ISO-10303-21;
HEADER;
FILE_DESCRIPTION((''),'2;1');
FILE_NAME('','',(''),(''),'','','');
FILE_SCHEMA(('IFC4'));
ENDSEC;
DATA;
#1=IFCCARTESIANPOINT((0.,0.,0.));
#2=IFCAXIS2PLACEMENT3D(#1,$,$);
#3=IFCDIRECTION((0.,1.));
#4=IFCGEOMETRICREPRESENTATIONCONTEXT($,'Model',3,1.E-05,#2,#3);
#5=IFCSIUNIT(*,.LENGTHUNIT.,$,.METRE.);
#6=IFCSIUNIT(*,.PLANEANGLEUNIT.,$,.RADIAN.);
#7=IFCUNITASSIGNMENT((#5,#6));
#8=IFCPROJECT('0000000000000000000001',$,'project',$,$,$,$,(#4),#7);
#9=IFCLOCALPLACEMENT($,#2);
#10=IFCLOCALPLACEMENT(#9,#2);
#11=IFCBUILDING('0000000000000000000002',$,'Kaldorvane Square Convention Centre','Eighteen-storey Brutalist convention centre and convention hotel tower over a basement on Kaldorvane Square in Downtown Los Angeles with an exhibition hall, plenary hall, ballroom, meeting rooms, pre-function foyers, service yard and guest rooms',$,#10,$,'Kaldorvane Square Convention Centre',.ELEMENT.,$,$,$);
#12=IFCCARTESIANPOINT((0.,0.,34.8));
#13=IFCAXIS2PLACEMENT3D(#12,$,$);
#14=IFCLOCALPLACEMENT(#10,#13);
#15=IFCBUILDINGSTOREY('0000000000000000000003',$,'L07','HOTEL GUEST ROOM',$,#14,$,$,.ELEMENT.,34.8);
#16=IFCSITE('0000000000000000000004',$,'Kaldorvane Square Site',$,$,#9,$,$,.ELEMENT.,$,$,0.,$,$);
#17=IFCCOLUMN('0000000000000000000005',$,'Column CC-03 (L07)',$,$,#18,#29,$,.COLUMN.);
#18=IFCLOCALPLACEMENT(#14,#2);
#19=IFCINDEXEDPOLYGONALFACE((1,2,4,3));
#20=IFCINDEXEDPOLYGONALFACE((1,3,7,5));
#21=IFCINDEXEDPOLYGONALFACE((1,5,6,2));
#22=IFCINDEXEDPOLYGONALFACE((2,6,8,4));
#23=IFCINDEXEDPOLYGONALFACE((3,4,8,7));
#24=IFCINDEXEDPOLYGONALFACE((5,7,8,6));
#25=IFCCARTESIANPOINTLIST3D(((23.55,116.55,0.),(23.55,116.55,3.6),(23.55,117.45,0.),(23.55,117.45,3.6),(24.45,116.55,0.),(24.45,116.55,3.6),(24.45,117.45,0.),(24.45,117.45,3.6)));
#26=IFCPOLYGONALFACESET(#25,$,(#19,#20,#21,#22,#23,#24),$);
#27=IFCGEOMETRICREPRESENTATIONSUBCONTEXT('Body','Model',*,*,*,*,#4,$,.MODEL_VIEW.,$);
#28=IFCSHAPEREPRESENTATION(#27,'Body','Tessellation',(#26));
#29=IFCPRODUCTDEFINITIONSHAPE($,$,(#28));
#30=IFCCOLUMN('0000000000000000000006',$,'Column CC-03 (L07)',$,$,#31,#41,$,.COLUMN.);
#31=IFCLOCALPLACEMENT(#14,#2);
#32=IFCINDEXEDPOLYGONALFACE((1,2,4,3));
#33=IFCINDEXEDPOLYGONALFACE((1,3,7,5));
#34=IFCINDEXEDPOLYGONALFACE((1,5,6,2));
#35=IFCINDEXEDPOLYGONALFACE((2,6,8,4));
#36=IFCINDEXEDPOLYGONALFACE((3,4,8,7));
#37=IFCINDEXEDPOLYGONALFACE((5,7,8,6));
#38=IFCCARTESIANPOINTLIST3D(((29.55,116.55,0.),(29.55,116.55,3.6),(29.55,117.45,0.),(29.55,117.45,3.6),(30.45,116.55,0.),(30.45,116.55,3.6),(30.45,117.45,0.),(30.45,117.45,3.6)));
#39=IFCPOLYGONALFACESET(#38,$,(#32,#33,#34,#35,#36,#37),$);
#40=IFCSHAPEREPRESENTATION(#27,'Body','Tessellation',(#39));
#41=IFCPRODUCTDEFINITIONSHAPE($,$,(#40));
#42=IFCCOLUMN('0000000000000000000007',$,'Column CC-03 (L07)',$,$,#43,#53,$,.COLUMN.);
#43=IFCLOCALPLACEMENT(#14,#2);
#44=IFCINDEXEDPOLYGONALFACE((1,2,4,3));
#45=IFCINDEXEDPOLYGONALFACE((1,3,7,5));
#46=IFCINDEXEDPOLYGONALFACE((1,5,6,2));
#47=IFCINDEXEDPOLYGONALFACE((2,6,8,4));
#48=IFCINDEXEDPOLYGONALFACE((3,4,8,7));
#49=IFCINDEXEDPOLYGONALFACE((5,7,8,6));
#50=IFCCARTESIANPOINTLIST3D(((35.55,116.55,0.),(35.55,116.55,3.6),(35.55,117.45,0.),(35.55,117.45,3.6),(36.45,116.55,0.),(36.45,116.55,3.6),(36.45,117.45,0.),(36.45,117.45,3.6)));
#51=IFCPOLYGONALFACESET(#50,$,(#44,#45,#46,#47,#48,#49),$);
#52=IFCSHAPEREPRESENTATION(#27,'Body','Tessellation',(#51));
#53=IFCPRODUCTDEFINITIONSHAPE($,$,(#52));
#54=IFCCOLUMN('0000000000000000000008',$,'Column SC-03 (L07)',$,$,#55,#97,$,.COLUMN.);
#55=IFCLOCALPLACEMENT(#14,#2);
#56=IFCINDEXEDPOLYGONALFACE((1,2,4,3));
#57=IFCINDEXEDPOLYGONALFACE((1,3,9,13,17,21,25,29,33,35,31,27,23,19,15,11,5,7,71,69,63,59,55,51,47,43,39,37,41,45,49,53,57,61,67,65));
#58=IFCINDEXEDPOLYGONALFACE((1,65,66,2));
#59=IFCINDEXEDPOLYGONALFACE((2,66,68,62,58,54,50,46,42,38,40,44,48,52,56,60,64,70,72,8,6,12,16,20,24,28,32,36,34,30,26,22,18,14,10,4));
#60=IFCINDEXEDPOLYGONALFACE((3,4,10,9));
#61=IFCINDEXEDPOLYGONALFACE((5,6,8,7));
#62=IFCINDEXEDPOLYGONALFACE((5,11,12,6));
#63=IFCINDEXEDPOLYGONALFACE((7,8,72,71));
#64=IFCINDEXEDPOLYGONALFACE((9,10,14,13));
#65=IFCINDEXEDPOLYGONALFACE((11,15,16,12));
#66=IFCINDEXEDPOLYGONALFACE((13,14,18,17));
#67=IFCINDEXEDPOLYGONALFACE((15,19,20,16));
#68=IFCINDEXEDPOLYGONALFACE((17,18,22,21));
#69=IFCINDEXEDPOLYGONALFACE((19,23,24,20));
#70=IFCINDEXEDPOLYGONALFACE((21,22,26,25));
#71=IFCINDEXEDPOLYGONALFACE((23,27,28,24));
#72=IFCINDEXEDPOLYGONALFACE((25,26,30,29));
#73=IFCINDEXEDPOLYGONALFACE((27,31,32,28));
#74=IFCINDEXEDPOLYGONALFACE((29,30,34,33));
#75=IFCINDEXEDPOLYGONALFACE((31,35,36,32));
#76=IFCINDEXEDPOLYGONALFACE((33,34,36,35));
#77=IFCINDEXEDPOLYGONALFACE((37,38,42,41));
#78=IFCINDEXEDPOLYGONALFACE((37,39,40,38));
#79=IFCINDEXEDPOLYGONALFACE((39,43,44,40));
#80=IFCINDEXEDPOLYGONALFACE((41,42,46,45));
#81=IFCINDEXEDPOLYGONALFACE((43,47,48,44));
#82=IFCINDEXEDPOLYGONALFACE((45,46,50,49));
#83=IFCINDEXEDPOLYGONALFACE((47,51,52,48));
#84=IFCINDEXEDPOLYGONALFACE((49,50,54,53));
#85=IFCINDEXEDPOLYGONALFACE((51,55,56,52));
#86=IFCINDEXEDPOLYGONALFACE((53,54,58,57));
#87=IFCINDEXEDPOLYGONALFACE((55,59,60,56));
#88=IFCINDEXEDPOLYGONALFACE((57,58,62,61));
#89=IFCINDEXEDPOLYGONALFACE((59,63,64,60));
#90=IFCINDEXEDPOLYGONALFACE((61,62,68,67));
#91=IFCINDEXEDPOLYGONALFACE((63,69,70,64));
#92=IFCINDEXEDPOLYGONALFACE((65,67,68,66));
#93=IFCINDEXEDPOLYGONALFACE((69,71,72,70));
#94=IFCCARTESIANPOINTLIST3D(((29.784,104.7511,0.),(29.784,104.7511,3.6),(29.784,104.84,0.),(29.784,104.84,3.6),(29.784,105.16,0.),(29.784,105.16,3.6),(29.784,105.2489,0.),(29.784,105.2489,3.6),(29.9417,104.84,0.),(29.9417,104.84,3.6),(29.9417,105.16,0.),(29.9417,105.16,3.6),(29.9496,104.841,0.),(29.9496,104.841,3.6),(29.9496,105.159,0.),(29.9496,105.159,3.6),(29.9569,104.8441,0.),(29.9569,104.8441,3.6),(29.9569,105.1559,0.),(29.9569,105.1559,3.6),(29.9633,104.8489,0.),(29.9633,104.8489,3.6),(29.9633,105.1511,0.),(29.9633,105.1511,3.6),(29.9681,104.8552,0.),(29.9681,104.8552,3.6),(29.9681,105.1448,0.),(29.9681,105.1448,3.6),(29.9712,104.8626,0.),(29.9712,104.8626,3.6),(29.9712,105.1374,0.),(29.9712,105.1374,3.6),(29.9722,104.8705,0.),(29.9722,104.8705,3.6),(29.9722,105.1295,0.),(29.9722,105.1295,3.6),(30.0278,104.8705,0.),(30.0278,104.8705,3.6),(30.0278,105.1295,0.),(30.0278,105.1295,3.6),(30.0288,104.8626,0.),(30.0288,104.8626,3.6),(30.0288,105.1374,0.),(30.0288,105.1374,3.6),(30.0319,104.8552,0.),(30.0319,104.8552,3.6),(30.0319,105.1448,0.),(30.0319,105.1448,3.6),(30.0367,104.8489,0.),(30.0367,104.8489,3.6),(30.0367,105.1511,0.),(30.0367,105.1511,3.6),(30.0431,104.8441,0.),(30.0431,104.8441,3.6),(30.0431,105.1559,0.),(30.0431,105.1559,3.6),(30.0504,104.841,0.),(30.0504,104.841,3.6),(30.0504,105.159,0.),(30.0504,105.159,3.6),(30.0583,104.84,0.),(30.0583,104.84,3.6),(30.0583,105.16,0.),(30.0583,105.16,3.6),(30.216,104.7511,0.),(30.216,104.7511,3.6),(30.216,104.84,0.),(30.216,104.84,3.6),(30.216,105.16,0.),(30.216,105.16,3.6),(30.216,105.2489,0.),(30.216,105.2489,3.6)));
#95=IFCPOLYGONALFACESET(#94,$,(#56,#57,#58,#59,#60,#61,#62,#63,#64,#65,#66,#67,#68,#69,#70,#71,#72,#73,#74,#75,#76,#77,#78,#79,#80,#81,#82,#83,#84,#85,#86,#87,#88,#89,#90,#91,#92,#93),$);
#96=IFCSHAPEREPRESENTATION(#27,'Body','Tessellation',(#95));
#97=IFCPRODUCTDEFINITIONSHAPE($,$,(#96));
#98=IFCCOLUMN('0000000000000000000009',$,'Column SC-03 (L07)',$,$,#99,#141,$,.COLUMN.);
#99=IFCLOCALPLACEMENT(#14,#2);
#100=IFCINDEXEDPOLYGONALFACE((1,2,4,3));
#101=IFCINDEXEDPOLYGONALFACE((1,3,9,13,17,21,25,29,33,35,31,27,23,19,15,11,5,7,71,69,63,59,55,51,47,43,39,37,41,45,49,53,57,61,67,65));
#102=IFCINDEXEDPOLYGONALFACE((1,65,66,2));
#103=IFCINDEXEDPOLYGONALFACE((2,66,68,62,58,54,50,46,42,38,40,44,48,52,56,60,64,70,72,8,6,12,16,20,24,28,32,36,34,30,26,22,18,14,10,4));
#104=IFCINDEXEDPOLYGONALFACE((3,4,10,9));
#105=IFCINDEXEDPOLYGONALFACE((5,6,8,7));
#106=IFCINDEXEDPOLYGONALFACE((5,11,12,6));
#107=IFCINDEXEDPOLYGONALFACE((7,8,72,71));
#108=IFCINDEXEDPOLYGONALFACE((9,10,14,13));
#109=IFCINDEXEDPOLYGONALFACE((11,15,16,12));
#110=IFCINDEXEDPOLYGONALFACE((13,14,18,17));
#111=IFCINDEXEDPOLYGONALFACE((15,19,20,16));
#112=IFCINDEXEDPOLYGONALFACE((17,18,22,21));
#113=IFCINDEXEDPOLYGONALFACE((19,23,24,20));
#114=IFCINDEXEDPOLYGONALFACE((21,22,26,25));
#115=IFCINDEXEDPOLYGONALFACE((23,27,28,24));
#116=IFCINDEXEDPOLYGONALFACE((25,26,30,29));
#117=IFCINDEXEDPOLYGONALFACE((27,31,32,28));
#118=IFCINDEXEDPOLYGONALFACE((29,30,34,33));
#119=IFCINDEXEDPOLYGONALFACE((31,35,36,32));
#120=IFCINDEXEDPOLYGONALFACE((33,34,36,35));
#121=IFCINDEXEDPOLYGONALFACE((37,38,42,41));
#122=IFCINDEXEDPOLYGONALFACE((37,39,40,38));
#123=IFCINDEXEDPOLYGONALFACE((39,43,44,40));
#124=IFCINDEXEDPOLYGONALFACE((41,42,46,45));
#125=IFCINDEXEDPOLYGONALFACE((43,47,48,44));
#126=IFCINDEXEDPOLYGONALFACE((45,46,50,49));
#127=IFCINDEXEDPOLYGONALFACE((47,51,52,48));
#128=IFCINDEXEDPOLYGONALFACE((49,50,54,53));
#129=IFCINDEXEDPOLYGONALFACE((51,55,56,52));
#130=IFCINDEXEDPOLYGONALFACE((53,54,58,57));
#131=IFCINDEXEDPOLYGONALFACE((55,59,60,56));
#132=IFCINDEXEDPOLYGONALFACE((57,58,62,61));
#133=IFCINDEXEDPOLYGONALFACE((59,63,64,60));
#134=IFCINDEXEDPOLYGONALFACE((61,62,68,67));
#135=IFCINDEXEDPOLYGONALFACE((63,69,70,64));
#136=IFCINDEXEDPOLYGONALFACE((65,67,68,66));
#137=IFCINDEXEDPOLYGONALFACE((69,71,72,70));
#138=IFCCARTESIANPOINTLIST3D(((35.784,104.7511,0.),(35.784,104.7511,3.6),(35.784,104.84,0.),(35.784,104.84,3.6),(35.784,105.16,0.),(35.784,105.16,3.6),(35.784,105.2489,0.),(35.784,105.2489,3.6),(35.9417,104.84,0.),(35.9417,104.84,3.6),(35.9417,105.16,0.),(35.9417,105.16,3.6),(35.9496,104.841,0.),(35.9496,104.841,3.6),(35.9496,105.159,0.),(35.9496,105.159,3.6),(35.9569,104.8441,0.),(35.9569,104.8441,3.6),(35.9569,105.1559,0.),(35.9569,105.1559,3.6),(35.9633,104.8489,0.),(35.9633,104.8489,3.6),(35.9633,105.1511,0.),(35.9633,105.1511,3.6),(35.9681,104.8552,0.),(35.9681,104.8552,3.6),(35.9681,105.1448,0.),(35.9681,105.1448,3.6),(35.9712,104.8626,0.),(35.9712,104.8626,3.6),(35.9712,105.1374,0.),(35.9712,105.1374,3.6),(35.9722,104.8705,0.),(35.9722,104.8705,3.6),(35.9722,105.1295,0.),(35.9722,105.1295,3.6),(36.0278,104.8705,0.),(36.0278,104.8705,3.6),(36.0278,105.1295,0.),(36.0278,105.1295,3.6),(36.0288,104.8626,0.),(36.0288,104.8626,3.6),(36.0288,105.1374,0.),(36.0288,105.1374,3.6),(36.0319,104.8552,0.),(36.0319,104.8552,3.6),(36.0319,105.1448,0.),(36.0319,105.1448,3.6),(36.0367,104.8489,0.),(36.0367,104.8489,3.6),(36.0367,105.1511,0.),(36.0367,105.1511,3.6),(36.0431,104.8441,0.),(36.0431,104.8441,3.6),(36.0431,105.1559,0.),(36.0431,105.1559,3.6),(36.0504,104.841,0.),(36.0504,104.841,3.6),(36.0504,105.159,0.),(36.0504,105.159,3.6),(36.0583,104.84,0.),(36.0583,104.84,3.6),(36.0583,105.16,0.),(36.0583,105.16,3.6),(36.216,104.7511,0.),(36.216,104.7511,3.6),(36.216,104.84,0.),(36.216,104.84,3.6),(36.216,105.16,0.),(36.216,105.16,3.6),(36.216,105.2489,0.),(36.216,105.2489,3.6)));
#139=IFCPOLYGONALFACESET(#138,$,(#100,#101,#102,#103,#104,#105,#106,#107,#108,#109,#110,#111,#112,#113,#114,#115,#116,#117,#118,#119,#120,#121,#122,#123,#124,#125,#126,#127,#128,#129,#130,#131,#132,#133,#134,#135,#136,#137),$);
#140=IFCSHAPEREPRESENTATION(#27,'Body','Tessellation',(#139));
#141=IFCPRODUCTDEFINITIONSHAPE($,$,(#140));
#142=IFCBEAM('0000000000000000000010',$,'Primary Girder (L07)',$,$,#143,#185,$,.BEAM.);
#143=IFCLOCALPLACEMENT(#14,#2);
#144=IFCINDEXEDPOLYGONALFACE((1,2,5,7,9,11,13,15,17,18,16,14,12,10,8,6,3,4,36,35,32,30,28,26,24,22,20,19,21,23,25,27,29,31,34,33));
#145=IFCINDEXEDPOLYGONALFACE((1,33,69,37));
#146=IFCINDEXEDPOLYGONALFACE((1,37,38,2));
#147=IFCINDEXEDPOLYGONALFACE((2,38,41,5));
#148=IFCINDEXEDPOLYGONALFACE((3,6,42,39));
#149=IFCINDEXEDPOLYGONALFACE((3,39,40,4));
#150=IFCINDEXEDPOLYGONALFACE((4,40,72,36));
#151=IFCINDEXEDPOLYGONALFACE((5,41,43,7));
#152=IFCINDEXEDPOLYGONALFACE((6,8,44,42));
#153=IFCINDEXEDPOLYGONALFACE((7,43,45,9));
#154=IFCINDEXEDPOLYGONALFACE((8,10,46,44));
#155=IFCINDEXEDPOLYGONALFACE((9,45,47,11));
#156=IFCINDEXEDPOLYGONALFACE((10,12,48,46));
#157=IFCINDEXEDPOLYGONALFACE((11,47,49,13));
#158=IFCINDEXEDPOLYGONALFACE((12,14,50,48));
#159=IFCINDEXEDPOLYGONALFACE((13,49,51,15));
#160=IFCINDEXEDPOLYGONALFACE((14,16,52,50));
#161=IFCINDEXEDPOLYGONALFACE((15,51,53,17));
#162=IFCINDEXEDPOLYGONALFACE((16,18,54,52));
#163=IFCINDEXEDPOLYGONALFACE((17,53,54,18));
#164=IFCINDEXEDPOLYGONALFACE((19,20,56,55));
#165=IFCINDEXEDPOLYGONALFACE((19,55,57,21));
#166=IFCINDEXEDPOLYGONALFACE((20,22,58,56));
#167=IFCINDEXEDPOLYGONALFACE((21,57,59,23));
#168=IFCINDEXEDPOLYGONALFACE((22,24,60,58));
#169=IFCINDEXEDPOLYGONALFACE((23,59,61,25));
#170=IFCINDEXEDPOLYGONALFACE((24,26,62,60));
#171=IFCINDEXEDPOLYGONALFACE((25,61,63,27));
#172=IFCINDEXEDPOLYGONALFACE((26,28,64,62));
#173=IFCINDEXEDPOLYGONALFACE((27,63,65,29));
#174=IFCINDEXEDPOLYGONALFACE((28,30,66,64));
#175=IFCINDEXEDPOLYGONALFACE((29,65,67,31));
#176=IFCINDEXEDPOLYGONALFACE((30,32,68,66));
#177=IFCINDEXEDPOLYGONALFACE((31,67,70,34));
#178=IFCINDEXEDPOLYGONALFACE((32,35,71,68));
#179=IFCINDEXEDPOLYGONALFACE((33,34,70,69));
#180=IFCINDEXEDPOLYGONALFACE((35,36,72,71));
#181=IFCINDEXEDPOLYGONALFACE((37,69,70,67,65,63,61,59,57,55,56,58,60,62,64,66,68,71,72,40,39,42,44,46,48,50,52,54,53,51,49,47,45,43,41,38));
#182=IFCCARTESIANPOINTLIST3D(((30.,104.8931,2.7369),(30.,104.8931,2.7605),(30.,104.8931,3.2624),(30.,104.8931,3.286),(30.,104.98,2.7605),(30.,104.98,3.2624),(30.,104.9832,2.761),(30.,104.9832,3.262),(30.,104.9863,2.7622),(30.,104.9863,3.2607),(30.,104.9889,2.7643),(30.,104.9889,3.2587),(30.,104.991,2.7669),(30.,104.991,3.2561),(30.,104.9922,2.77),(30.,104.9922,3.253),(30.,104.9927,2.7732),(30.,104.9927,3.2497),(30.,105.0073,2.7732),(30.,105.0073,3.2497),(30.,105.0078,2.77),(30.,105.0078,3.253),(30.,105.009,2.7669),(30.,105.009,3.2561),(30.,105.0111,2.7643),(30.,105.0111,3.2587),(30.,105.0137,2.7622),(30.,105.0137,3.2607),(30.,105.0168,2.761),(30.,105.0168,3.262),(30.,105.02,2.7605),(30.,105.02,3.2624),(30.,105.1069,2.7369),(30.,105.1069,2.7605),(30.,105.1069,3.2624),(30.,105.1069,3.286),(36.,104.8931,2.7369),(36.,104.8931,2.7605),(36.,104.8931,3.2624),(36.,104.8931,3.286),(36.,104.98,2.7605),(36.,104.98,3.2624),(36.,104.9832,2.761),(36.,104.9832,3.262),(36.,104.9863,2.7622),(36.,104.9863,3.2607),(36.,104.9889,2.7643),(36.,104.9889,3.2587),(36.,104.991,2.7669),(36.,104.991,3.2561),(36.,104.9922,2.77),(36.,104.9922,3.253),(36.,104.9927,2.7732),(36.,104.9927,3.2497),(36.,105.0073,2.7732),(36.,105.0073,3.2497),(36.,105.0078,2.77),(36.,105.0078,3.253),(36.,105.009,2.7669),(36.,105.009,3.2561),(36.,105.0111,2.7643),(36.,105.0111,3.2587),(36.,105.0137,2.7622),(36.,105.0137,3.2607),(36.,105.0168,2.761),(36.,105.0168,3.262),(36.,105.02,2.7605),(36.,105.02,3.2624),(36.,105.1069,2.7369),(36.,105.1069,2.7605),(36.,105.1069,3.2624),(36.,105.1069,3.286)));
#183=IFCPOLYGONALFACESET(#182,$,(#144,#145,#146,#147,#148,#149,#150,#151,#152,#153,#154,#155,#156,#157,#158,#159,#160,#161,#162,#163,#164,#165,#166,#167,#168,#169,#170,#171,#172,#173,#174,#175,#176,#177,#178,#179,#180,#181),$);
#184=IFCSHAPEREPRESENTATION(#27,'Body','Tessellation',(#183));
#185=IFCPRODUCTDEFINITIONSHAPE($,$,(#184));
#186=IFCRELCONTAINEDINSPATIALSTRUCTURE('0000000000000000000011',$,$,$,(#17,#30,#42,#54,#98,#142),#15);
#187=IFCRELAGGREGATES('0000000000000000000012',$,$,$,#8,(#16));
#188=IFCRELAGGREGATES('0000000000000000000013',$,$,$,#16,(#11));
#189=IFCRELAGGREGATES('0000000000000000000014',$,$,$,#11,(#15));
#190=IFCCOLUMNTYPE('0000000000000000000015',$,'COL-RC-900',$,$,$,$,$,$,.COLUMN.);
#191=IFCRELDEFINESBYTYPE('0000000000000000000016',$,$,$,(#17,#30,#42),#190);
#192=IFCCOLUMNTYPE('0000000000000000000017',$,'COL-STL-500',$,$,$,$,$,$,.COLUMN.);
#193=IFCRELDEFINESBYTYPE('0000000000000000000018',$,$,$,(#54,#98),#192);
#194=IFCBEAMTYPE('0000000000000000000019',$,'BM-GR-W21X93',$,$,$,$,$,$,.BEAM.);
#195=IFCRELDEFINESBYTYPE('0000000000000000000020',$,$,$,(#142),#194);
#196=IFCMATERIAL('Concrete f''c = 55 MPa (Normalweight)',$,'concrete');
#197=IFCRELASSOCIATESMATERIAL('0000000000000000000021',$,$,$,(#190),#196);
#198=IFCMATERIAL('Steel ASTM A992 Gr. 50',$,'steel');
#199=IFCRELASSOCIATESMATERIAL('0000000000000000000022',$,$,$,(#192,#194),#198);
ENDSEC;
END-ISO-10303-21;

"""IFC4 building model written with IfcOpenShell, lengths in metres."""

from ifc_helpers import new_model, si_unit, direction, frame, origin, origin_2d, place, context, subcontext, project, spatial, rectangle, i_section, extrude, material, material_profile, profile_set, type_object, element, save


model = new_model("IFC4")

# Units and contexts
model_context = context("Model", 3, precision=1e-05, world=origin(), true_north=direction((0.0, 1.0)))
body_context = subcontext(model_context, "Body", "Model", "MODEL_VIEW")
ifc_project = project(units=[si_unit("LENGTHUNIT", "METRE"), si_unit("PLANEANGLEUNIT", "RADIAN")], contexts=[model_context])

# Site, building, storey
site_placement = place(None, origin())
site = spatial("IfcSite", under=ifc_project, at=site_placement, Name="Kaldorvane Square Site", CompositionType="ELEMENT", RefElevation=0.0)
building_placement = place(site_placement, origin())
building = spatial("IfcBuilding", under=site, at=building_placement, Name="Kaldorvane Square Convention Centre", Description="Eighteen-storey Brutalist convention centre and convention hotel tower over a basement on Kaldorvane Square in Downtown Los Angeles with an exhibition hall, plenary hall, ballroom, meeting rooms, pre-function foyers, service yard and guest rooms", LongName="Kaldorvane Square Convention Centre", CompositionType="ELEMENT")
storey_placement = place(building_placement, frame((0.0, 0.0, 34.8)))
storey = spatial("IfcBuildingStorey", under=building, at=storey_placement, Name="L07", Description="HOTEL GUEST ROOM", CompositionType="ELEMENT", Elevation=34.8)

# Columns
ifc_material_1 = material(Name="Concrete f'c = 55 MPa (Normalweight)", Category="concrete")
ifc_material_profile_1 = material_profile(ifc_material_1, rectangle(XDim=0.9, YDim=0.9, at=origin_2d()), Name="RC900X900")
ifc_profile_set_1 = profile_set([ifc_material_profile_1], Name="Concrete f'c = 55 MPa (Normalweight)")
column_type_1 = type_object("IfcColumnType", Name="COL-RC-900", PredefinedType="COLUMN", material=ifc_profile_set_1)
for number, where, z_axis, x_axis, name in (
    (1, (24.0, 117.0, 0.0), (0.0, 0.0, 1.0), (1.0, 0.0, 0.0), "Column CC-03 (L07)"),
    (2, (30.0, 117.0, 0.0), (0.0, 0.0, 1.0), (1.0, 0.0, 0.0), "Column CC-03 (L07)"),
    (3, (36.0, 117.0, 0.0), (0.0, 0.0, 1.0), (1.0, 0.0, 0.0), "Column CC-03 (L07)"),
):
    element("IfcColumn", number, at=place(storey_placement, frame(where, z_axis=z_axis, x_axis=x_axis)), inside=storey, type_object=column_type_1, Name=name, PredefinedType="COLUMN", context=body_context, shape_type="SweptSolid", body=[
        extrude(rectangle(XDim=0.9, YDim=0.9, at=origin_2d()), origin(), (0.0, 0.0, 1.0), 3.6),
    ])
ifc_material_2 = material(Name="Steel ASTM A992 Gr. 50", Category="steel")
ifc_material_profile_2 = material_profile(ifc_material_2, i_section(OverallWidth=0.4321, OverallDepth=0.4978, WebThickness=0.0556, FlangeThickness=0.0889, FilletRadius=0.0305, at=origin_2d()), Name="W14X500")
ifc_profile_set_2 = profile_set([ifc_material_profile_2], Name="Steel ASTM A992 Gr. 50")
column_type_2 = type_object("IfcColumnType", Name="COL-STL-500", PredefinedType="COLUMN", material=ifc_profile_set_2)
for number, where, z_axis, x_axis, name in (
    (4, (30.0, 105.0, 0.0), (0.0, 0.0, 1.0), (1.0, 0.0, 0.0), "Column SC-03 (L07)"),
    (5, (36.0, 105.0, 0.0), (0.0, 0.0, 1.0), (1.0, 0.0, 0.0), "Column SC-03 (L07)"),
):
    element("IfcColumn", number, at=place(storey_placement, frame(where, z_axis=z_axis, x_axis=x_axis)), inside=storey, type_object=column_type_2, Name=name, PredefinedType="COLUMN", context=body_context, shape_type="SweptSolid", body=[
        extrude(i_section(OverallWidth=0.4321, OverallDepth=0.4978, WebThickness=0.0556, FlangeThickness=0.0889, FilletRadius=0.0305, at=origin_2d()), origin(), (0.0, 0.0, 1.0), 3.6),
    ])

# Beam
ifc_material_profile_3 = material_profile(ifc_material_2, i_section(OverallWidth=0.2139, OverallDepth=0.5491, WebThickness=0.0147, FlangeThickness=0.0236, FilletRadius=0.0127, at=origin_2d()), Name="W21X93")
ifc_profile_set_3 = profile_set([ifc_material_profile_3], Name="Steel ASTM A992 Gr. 50")
beam_type_1 = type_object("IfcBeamType", Name="BM-GR-W21X93", PredefinedType="BEAM", material=ifc_profile_set_3)
for number, where, z_axis, x_axis, name in (
    (6, (30.0, 105.0, 3.0115), (1.0, 0.0, 0.0), (0.0, 1.0, 0.0), "Primary Girder (L07)"),
):
    element("IfcBeam", number, at=place(storey_placement, frame(where, z_axis=z_axis, x_axis=x_axis)), inside=storey, type_object=beam_type_1, Name=name, PredefinedType="BEAM", context=body_context, shape_type="SweptSolid", body=[
        extrude(i_section(OverallWidth=0.2139, OverallDepth=0.5491, WebThickness=0.0147, FlangeThickness=0.0236, FilletRadius=0.0127, at=origin_2d()), origin(), (0.0, 0.0, 1.0), 6.0),
    ])

save(model, "model.ifc")
